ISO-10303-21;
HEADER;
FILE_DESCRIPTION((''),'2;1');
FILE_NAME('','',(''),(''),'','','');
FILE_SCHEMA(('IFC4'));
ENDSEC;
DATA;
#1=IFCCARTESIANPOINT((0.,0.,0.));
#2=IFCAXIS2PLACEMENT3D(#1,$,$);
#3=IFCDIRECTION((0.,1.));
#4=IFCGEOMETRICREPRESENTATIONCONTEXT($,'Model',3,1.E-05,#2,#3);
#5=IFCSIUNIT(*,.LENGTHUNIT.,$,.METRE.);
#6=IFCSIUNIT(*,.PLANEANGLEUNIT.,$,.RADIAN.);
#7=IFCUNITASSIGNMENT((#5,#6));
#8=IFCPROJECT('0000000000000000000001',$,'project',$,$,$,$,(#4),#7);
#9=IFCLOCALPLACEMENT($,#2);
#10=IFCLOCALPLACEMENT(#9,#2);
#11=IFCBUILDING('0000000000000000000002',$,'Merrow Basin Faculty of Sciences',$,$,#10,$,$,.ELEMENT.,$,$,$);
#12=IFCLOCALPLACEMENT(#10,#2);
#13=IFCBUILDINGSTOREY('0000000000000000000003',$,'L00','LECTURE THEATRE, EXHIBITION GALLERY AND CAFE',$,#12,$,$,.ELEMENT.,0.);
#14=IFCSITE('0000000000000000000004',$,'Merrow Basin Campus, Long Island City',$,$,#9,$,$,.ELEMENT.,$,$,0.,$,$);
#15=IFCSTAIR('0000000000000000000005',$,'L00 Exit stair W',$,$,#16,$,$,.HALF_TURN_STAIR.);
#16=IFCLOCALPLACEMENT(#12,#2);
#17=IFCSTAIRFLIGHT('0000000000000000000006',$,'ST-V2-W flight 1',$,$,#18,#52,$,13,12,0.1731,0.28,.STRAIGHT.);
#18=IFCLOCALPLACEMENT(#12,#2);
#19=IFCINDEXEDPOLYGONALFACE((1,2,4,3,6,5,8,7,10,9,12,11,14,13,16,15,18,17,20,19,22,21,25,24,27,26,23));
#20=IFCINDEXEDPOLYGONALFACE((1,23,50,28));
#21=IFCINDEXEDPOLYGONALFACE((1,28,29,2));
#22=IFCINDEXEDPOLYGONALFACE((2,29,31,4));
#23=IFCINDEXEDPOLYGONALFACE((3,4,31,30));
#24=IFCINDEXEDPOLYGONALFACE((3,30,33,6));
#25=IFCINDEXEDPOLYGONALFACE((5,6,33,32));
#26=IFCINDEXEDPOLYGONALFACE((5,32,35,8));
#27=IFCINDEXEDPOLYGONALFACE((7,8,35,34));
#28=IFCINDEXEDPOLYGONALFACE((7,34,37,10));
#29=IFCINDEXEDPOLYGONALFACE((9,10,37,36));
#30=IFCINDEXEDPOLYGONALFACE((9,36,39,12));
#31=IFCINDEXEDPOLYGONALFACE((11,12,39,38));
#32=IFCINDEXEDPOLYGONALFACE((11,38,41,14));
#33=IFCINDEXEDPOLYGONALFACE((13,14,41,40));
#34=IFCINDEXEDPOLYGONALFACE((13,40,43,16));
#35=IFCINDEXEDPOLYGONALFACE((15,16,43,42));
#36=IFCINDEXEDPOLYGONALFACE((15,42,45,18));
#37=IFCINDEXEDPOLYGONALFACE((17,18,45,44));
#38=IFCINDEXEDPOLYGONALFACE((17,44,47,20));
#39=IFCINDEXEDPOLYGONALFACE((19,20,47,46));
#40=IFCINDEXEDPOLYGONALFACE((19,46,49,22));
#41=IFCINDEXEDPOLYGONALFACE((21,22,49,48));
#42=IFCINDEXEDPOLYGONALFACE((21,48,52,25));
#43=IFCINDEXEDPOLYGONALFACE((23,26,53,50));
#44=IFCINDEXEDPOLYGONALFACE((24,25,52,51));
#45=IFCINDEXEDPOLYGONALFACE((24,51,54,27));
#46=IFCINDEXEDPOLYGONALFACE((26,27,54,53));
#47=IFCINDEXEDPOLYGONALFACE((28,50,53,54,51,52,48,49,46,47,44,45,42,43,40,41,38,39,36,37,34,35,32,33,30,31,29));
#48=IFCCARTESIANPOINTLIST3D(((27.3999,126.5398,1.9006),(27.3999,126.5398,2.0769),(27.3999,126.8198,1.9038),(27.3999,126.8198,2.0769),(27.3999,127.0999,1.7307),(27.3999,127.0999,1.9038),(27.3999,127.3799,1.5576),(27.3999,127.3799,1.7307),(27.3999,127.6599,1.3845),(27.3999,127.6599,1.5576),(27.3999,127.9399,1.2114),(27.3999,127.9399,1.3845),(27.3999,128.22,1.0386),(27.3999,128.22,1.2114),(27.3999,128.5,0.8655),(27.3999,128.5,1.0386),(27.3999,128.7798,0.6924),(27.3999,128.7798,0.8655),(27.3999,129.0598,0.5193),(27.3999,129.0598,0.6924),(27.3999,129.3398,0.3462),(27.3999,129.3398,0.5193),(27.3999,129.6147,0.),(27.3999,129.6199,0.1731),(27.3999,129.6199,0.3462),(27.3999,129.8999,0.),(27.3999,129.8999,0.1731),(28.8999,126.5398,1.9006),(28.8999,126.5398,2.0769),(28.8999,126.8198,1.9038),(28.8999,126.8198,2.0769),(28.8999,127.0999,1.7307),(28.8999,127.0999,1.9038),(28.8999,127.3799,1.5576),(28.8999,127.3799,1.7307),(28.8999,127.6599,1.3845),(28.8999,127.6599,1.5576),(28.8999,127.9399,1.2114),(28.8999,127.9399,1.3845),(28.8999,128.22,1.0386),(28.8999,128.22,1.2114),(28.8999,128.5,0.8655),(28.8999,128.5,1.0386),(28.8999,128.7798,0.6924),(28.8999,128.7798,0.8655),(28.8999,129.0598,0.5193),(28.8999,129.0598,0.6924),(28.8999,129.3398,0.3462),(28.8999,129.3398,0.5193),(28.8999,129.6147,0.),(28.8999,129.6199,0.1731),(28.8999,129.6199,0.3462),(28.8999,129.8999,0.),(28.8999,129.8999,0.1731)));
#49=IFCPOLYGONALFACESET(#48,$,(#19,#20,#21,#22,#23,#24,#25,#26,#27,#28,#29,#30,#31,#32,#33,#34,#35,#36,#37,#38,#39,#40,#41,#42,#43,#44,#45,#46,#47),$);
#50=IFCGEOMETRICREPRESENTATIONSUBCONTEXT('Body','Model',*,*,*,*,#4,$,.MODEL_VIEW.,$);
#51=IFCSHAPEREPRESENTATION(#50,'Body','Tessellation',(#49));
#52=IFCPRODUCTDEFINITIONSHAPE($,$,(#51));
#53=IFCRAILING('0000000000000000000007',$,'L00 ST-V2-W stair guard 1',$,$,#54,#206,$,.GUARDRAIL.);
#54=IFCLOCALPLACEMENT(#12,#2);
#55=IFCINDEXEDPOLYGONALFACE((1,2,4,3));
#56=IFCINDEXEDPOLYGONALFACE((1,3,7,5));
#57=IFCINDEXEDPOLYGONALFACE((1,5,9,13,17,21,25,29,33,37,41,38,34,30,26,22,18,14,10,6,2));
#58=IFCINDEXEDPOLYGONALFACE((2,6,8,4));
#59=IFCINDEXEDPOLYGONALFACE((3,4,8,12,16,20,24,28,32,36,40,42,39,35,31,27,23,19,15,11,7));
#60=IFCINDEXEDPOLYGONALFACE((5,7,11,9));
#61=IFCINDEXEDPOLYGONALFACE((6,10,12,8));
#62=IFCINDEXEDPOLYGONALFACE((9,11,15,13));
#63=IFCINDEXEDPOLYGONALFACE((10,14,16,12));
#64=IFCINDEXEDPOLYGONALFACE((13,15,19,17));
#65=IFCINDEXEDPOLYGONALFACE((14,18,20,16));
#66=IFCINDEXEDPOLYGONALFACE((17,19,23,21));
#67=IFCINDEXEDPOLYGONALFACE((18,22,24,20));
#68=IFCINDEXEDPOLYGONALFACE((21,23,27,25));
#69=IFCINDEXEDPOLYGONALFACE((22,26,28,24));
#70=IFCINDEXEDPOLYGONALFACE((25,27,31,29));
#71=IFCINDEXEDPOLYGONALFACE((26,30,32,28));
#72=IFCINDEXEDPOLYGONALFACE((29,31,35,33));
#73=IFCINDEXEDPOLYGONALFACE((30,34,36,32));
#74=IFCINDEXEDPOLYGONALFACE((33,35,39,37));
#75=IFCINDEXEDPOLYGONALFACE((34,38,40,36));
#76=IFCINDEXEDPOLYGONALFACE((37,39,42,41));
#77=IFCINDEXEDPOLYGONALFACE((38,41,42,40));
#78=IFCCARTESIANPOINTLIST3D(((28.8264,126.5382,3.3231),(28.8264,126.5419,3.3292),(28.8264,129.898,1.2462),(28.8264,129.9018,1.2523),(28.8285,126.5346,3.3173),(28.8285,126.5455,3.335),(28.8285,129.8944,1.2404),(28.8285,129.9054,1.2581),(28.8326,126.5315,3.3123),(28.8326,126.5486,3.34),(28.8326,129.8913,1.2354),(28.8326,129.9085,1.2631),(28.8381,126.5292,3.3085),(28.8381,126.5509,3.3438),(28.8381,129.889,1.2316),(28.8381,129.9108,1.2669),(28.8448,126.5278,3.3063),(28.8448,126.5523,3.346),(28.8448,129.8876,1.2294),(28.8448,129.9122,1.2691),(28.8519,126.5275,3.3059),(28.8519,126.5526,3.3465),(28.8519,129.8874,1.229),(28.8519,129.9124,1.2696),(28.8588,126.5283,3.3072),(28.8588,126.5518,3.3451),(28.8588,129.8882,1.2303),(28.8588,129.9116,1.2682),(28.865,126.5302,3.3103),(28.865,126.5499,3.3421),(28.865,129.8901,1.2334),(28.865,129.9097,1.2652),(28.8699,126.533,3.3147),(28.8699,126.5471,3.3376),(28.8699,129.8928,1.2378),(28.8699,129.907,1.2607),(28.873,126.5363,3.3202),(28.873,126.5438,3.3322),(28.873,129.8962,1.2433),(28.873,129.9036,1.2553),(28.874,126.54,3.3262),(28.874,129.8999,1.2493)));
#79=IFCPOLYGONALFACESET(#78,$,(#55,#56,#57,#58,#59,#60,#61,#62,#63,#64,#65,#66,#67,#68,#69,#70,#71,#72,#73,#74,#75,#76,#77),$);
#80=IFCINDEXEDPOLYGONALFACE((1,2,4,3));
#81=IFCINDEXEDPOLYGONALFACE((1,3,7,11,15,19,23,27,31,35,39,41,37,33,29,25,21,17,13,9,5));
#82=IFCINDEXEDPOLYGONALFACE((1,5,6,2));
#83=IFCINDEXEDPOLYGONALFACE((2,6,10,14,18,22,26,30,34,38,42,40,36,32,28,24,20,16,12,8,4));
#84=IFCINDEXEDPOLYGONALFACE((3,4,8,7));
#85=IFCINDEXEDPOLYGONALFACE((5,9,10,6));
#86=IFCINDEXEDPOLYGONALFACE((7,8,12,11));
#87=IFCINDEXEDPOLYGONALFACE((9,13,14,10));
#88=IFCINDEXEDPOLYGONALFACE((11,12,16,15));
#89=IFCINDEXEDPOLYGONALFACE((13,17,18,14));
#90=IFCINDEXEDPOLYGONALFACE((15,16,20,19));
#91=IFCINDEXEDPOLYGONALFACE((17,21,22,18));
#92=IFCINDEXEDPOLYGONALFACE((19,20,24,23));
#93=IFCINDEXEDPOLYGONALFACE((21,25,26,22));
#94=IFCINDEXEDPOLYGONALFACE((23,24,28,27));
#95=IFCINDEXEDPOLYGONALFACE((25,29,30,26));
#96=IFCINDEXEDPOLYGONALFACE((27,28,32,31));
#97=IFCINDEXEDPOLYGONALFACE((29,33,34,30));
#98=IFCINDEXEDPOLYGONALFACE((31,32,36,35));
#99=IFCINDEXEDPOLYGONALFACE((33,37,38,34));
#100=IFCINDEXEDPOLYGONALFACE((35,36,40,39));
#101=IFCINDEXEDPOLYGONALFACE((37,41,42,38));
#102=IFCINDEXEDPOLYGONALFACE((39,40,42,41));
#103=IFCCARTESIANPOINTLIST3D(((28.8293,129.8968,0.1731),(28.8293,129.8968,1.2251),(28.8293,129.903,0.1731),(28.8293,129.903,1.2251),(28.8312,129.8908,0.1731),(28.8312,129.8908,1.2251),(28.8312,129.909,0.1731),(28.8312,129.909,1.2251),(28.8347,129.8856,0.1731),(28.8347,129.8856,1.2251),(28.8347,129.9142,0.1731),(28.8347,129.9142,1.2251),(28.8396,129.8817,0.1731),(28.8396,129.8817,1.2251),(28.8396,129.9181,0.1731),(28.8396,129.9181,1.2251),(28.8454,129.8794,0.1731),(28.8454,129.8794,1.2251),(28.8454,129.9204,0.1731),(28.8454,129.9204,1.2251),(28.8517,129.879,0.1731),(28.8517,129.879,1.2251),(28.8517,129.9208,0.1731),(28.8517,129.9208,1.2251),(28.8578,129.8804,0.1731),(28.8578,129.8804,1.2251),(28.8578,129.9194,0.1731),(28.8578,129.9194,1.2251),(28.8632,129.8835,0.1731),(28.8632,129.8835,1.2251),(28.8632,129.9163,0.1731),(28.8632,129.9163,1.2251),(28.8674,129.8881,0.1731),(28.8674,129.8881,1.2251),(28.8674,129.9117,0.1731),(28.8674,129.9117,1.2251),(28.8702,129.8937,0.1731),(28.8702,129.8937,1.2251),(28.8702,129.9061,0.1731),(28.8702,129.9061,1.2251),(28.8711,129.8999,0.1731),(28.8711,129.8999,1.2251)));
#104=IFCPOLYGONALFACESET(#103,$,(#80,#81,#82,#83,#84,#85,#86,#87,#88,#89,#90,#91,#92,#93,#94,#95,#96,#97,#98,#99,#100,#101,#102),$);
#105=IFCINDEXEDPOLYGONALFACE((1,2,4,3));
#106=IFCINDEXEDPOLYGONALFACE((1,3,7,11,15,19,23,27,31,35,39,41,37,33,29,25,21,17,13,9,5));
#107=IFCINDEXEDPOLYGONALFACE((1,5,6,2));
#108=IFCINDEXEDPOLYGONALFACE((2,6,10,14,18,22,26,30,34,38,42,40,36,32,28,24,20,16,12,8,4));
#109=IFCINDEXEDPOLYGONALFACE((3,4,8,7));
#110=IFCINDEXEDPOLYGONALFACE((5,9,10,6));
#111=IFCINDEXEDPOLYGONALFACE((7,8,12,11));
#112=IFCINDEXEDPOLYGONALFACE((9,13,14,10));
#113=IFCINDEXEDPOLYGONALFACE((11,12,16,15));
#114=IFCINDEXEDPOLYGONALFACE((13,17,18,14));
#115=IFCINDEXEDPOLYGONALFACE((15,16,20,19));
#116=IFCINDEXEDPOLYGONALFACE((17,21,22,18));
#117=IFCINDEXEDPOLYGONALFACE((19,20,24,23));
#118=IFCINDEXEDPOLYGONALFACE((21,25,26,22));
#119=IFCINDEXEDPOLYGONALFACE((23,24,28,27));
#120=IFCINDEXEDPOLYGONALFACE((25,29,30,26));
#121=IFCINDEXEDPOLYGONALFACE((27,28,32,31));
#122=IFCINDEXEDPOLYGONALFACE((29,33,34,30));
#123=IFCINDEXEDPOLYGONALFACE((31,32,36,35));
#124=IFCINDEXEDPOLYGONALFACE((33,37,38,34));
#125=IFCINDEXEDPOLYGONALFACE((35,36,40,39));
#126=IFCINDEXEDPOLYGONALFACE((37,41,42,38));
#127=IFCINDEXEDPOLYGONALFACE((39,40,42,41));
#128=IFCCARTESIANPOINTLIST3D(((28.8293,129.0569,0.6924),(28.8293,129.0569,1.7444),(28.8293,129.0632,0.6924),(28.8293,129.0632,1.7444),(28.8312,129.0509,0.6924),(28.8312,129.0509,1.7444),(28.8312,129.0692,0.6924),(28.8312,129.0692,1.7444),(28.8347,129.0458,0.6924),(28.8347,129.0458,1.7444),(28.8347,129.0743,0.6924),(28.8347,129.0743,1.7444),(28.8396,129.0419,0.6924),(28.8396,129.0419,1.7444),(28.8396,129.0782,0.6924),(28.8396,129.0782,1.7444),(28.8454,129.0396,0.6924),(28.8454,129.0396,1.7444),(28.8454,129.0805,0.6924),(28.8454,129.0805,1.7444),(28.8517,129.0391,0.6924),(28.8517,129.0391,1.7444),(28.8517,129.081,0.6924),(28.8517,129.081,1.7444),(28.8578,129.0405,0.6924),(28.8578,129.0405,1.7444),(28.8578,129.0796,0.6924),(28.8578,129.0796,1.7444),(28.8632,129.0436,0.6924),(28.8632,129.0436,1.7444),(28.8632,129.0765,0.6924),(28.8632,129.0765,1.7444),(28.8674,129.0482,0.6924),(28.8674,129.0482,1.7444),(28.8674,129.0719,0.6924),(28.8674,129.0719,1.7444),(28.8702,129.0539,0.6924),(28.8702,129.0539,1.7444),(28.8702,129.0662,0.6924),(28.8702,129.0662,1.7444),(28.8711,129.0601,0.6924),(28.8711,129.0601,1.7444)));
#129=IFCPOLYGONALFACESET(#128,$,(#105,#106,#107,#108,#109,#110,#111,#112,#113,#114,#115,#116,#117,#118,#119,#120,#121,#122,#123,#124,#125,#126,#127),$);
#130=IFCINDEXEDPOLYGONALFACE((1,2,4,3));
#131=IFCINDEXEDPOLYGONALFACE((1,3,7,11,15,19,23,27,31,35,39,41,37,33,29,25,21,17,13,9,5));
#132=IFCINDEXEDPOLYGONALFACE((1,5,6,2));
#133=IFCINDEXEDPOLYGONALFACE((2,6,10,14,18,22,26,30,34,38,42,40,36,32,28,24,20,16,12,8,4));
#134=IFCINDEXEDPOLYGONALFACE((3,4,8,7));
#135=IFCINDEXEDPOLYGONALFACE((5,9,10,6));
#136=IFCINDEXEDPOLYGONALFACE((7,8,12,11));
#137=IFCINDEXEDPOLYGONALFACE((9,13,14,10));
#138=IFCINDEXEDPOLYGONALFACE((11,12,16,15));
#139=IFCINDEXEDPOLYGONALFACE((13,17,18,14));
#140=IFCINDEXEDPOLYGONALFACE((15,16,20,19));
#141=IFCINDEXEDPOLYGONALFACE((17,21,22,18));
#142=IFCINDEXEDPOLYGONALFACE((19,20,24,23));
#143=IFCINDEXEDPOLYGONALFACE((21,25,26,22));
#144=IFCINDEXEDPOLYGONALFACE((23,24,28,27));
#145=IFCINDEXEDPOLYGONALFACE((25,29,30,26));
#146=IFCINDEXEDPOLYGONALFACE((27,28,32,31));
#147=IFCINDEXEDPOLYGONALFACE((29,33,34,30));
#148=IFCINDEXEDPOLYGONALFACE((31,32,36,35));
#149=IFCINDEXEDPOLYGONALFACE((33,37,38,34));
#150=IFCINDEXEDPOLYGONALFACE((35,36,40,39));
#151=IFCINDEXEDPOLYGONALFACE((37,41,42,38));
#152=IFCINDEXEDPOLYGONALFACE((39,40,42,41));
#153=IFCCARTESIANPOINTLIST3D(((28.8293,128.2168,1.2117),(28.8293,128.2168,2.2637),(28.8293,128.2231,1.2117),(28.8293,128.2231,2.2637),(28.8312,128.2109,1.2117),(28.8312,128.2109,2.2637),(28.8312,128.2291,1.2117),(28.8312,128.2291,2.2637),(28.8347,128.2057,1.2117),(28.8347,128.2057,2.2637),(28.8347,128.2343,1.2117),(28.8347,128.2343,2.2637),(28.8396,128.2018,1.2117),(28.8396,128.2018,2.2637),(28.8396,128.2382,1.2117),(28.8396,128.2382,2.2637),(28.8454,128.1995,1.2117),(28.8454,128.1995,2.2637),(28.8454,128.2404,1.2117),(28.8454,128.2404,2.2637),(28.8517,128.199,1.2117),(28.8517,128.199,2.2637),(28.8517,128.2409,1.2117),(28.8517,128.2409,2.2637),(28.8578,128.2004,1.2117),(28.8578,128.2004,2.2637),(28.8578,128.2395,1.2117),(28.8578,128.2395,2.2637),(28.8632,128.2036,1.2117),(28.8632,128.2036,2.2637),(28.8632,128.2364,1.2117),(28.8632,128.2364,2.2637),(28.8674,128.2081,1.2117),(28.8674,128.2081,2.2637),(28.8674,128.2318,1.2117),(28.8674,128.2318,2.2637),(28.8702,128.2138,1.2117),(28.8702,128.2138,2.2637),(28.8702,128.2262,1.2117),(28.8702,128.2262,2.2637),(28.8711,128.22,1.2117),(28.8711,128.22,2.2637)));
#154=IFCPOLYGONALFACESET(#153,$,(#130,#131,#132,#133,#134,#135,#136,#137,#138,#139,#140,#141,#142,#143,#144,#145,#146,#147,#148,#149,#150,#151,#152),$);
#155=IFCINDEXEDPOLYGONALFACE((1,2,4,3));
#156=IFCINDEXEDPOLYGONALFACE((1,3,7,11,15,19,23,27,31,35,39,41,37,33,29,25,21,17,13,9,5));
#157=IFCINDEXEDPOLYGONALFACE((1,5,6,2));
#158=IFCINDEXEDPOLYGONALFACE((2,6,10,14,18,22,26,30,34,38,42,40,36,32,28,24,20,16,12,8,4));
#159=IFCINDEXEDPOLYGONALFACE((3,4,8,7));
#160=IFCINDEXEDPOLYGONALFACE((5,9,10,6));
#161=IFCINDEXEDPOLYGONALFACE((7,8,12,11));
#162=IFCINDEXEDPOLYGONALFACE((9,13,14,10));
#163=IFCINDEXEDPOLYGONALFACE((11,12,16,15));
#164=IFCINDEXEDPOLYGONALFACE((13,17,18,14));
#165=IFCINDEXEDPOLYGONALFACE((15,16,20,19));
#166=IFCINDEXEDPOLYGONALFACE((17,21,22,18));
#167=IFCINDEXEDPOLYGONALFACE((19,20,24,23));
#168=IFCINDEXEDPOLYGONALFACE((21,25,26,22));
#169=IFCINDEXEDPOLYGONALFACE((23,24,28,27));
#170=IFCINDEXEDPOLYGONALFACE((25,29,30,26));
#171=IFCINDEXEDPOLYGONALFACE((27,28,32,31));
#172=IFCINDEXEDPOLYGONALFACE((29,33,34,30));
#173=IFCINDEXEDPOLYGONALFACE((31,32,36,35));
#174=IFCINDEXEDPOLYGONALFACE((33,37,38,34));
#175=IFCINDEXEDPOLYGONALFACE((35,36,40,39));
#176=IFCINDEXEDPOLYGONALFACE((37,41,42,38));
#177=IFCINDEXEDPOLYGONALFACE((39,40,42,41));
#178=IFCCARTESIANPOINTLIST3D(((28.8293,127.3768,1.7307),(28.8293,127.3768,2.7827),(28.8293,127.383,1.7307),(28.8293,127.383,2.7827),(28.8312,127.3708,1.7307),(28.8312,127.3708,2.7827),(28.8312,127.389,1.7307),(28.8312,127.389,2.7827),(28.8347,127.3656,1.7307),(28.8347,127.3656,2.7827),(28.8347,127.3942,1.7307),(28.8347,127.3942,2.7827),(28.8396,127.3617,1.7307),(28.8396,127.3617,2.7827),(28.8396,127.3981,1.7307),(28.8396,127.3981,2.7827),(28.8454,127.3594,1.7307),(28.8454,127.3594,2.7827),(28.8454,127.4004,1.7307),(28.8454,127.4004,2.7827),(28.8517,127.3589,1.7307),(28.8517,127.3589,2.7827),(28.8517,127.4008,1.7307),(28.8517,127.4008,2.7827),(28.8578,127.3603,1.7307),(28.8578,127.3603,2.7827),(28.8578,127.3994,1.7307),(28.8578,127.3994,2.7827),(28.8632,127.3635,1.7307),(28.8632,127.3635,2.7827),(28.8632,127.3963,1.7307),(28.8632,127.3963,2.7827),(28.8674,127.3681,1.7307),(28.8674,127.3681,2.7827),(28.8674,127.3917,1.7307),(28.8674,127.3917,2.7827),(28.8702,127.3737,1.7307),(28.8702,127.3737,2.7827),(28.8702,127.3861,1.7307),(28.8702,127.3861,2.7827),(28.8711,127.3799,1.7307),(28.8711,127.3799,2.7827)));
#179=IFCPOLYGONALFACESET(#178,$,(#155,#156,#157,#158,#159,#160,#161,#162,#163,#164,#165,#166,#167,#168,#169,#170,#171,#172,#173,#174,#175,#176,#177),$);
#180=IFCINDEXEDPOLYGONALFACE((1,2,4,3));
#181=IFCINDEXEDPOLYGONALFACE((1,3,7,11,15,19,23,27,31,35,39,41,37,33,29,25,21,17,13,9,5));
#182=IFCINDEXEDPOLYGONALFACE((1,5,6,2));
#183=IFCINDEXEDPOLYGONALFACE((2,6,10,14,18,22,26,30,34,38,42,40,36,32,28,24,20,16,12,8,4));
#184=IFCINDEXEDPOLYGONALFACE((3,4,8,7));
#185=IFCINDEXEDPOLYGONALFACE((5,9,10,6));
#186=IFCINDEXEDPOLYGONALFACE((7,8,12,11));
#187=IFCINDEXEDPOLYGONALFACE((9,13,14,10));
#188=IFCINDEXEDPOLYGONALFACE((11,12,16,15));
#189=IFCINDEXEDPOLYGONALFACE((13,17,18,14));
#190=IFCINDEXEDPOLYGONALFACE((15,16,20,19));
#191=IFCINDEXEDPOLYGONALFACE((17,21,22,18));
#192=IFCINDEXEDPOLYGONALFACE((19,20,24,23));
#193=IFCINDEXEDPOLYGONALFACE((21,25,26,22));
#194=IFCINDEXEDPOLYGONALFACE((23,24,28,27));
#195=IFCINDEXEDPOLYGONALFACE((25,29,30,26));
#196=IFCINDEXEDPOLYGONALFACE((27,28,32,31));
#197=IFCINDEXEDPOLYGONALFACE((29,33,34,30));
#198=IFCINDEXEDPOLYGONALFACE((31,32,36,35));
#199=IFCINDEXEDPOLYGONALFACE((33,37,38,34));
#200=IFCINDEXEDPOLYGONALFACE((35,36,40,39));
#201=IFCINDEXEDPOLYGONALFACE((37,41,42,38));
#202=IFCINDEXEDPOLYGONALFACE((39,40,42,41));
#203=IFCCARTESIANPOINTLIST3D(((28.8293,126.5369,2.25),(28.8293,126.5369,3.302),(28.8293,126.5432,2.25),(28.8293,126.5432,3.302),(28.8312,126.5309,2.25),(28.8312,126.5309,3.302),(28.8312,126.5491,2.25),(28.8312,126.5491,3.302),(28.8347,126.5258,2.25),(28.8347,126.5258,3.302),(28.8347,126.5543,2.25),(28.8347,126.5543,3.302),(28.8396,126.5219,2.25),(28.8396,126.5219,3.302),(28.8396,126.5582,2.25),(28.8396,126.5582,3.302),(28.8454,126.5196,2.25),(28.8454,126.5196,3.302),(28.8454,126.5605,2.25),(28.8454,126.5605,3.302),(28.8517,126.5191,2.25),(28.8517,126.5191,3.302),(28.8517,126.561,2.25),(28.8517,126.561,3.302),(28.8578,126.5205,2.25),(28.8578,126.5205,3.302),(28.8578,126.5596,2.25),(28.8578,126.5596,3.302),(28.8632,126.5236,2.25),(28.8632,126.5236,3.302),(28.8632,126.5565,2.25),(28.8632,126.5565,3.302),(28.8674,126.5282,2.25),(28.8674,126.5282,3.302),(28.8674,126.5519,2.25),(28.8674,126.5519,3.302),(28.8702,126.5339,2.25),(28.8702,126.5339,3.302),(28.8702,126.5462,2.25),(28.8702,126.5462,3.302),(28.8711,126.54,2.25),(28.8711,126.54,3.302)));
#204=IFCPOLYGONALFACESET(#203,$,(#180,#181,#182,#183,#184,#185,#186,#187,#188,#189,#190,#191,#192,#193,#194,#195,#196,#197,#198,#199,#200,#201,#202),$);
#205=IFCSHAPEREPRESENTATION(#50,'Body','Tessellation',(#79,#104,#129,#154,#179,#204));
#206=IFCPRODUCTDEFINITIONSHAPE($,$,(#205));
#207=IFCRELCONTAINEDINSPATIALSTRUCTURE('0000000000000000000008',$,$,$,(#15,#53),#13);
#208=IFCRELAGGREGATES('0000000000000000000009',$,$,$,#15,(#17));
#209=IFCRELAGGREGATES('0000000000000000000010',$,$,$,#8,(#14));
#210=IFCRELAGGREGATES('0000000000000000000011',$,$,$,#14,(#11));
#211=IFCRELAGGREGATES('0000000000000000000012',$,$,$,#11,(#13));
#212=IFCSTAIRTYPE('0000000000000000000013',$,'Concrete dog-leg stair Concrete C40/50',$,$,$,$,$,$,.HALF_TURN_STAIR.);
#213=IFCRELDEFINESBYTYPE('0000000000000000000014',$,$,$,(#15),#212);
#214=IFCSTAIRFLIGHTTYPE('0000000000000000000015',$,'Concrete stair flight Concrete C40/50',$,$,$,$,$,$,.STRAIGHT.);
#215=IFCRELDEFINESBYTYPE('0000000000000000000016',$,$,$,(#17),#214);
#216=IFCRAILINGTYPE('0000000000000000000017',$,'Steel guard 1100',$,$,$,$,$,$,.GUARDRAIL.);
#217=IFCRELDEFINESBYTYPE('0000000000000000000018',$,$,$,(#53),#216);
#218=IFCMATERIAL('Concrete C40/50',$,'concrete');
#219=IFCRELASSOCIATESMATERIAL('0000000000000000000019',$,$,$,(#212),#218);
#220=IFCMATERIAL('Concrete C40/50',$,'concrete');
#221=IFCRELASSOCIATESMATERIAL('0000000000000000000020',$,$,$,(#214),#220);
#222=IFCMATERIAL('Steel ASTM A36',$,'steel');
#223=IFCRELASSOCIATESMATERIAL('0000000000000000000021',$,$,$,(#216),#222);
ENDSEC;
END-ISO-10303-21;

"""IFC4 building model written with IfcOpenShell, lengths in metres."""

from ifc_helpers import new_model, si_unit, direction, frame, origin, origin_2d, place, context, subcontext, project, spatial, polyline, circle, outline, extrude, material, type_object, element, aggregate, save


model = new_model("IFC4")

# Units and contexts
model_context = context("Model", 3, precision=1e-05, world=origin(), true_north=direction((0.0, 1.0)))
body_context = subcontext(model_context, "Body", "Model", "MODEL_VIEW")
ifc_project = project(units=[si_unit("LENGTHUNIT", "METRE"), si_unit("PLANEANGLEUNIT", "RADIAN")], contexts=[model_context])

# Site, building, storey
site_placement = place(None, origin())
site = spatial("IfcSite", under=ifc_project, at=site_placement, Name="Merrow Basin Campus, Long Island City", CompositionType="ELEMENT", RefElevation=0.0)
building_placement = place(site_placement, origin())
building = spatial("IfcBuilding", under=site, at=building_placement, Name="Merrow Basin Faculty of Sciences", CompositionType="ELEMENT")
storey_placement = place(building_placement, origin())
storey = spatial("IfcBuildingStorey", under=building, at=storey_placement, Name="L00", Description="LECTURE THEATRE, EXHIBITION GALLERY AND CAFE", CompositionType="ELEMENT", Elevation=0.0)

# Stair, stair flight
ifc_material_1 = material(Name="Concrete C40/50", Category="concrete")
stair_type = type_object("IfcStairType", Name="Concrete dog-leg stair Concrete C40/50", PredefinedType="HALF_TURN_STAIR", material=ifc_material_1)
stair_placement = place(storey_placement, origin())
stair = element("IfcStair", 1, at=stair_placement, inside=storey, type_object=stair_type, Name="L00 Exit stair W", PredefinedType="HALF_TURN_STAIR")
ifc_material_2 = material(Name="Concrete C40/50", Category="concrete")
stair_flight_type = type_object("IfcStairFlightType", Name="Concrete stair flight Concrete C40/50", PredefinedType="STRAIGHT", material=ifc_material_2)
stair_flight_placement = place(storey_placement, frame((28.1499, 129.8999, 0.0), z_axis=(0.0, 0.0, 1.0), x_axis=(0.0, -1.0, 0.0)))
stair_flight = element("IfcStairFlight", 2, at=stair_flight_placement, type_object=stair_flight_type, Name="ST-V2-W flight 1", NumberOfRisers=13, NumberOfTreads=12, PredefinedType="STRAIGHT", RiserHeight=0.1731, TreadLength=0.28, context=body_context, shape_type="SweptSolid", body=[
    extrude(outline(polyline([(0.0, 0.0), (0.0, 0.1731), (0.28, 0.1731), (0.28, 0.3462), (0.5601, 0.3462), (0.5601, 0.5193), (0.8401, 0.5193), (0.8401, 0.6924), (1.1201, 0.6924), (1.1201, 0.8655), (1.3999, 0.8655), (1.3999, 1.0386), (1.6799, 1.0386), (1.6799, 1.2114), (1.96, 1.2114), (1.96, 1.3845), (2.24, 1.3845), (2.24, 1.5576), (2.52, 1.5576), (2.52, 1.7307), (2.8, 1.7307), (2.8, 1.9038), (3.0801, 1.9038), (3.0801, 2.0769), (3.3601, 2.0769), (3.3601, 2.25), (3.3601, 1.9006), (0.2852, 0.0), (0.0, 0.0)])), frame((0.0, 0.75, 0.0), z_axis=(0.0, -1.0, 0.0), x_axis=(1.0, 0.0, 0.0)), (0.0, 0.0, 1.0), 1.5),
])
aggregate(stair, [stair_flight])

# Railing
ifc_material_3 = material(Name="Steel ASTM A36", Category="steel")
railing_type_1 = type_object("IfcRailingType", Name="Steel guard 1100", PredefinedType="GUARDRAIL", material=ifc_material_3)
railing_1_placement = place(storey_placement, frame((28.8501, 129.8999, 0.1731)))
element("IfcRailing", 3, at=railing_1_placement, inside=storey, type_object=railing_type_1, Name="L00 ST-V2-W stair guard 1", PredefinedType="GUARDRAIL", context=body_context, shape_type="SweptSolid", body=[
    extrude(circle(Radius=0.0239, at=origin_2d()), frame((0.0, 0.0, 1.0762), z_axis=(0.0, -0.850606, 0.525803), x_axis=(1.0, 0.0, 0.0)), (0.0, 0.0, 1.0), 3.95),
    extrude(circle(Radius=0.021, at=origin_2d()), origin(), (0.0, 0.0, 1.0), 1.052),
    extrude(circle(Radius=0.021, at=origin_2d()), frame((0.0, -0.8398, 0.5193)), (0.0, 0.0, 1.0), 1.052),
    extrude(circle(Radius=0.021, at=origin_2d()), frame((0.0, -1.6799, 1.0386)), (0.0, 0.0, 1.0), 1.052),
    extrude(circle(Radius=0.021, at=origin_2d()), frame((0.0, -2.52, 1.5576)), (0.0, 0.0, 1.0), 1.052),
    extrude(circle(Radius=0.021, at=origin_2d()), frame((0.0, -3.3599, 2.0769)), (0.0, 0.0, 1.0), 1.052),
])

save(model, "model.ifc")
